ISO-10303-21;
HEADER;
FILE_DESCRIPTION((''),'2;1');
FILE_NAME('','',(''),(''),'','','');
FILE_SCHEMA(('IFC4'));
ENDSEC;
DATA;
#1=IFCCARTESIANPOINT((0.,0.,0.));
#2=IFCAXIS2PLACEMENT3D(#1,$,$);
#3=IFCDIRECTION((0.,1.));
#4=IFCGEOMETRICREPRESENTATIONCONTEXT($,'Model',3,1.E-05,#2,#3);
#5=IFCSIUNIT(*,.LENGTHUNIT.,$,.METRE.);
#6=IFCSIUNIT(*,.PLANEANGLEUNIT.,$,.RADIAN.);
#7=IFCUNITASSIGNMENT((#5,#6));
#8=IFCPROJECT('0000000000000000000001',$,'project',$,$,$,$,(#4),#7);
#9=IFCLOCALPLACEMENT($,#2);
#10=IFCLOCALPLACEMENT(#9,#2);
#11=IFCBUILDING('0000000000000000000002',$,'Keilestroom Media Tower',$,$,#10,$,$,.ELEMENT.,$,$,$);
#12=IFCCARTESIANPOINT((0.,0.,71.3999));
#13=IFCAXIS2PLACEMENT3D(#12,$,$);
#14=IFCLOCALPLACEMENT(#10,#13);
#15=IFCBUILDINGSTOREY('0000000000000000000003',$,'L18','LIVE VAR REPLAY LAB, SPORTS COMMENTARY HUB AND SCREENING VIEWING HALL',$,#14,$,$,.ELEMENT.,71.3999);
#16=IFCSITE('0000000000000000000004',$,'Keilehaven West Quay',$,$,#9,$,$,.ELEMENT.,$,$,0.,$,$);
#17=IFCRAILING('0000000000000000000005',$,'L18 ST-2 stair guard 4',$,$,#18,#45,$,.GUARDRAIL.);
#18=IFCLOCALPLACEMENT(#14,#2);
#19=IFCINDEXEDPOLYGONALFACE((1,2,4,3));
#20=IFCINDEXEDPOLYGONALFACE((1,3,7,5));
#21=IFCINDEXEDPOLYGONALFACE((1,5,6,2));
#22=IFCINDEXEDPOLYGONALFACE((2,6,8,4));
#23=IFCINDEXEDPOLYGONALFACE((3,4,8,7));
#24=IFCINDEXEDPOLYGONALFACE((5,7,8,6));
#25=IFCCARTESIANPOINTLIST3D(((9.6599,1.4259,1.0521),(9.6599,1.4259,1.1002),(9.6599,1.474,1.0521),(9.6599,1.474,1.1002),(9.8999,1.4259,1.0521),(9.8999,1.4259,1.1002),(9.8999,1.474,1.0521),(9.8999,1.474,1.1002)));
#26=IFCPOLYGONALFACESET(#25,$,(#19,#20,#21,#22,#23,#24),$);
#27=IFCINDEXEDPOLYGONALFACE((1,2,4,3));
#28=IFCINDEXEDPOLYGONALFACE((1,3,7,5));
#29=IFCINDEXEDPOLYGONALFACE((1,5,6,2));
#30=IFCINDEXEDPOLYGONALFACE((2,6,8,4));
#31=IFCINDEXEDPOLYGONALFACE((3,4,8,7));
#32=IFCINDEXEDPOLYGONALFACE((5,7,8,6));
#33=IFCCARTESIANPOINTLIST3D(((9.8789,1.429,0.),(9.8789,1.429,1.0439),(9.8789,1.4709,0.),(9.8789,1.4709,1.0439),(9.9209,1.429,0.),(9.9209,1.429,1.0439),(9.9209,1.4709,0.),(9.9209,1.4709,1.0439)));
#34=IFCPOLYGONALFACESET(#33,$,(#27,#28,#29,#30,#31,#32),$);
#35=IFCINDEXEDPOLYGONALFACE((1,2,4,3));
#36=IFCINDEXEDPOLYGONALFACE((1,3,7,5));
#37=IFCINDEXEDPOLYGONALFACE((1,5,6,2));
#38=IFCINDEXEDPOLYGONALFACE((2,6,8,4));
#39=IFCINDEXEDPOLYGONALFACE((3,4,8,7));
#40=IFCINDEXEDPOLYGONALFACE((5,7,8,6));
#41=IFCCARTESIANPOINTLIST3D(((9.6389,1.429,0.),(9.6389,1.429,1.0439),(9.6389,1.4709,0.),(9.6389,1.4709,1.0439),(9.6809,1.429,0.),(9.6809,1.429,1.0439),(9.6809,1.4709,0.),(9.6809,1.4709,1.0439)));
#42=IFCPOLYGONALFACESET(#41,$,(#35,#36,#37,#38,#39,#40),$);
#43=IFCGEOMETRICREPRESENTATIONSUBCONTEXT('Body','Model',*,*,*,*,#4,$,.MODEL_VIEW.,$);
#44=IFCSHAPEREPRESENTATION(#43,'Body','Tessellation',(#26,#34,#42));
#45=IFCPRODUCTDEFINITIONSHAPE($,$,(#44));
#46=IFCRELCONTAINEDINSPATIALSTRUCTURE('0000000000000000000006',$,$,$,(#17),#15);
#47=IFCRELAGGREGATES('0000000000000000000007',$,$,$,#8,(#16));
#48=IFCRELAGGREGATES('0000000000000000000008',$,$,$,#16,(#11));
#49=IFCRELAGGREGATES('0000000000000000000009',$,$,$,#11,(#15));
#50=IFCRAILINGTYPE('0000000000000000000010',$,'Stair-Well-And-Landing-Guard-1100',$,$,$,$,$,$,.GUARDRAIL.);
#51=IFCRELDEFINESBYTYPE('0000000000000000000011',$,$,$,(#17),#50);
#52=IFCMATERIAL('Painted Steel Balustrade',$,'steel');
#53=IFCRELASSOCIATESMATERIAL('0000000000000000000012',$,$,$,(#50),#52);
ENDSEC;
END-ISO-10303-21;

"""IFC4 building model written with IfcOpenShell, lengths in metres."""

from ifc_helpers import new_model, si_unit, direction, frame, origin, origin_2d, place, context, subcontext, project, spatial, rectangle, extrude, material, type_object, element, save


model = new_model("IFC4")

# Units and contexts
model_context = context("Model", 3, precision=1e-05, world=origin(), true_north=direction((0.0, 1.0)))
body_context = subcontext(model_context, "Body", "Model", "MODEL_VIEW")
ifc_project = project(units=[si_unit("LENGTHUNIT", "METRE"), si_unit("PLANEANGLEUNIT", "RADIAN")], contexts=[model_context])

# Site, building, storey
site_placement = place(None, origin())
site = spatial("IfcSite", under=ifc_project, at=site_placement, Name="Keilehaven West Quay", CompositionType="ELEMENT", RefElevation=0.0)
building_placement = place(site_placement, origin())
building = spatial("IfcBuilding", under=site, at=building_placement, Name="Keilestroom Media Tower", CompositionType="ELEMENT")
storey_placement = place(building_placement, frame((0.0, 0.0, 71.3999)))
storey = spatial("IfcBuildingStorey", under=building, at=storey_placement, Name="L18", Description="LIVE VAR REPLAY LAB, SPORTS COMMENTARY HUB AND SCREENING VIEWING HALL", CompositionType="ELEMENT", Elevation=71.3999)

# Railing
ifc_material_1 = material(Name="Painted Steel Balustrade", Category="steel")
railing_type_1 = type_object("IfcRailingType", Name="Stair-Well-And-Landing-Guard-1100", PredefinedType="GUARDRAIL", material=ifc_material_1)
railing_1_placement = place(storey_placement, frame((9.8999, 1.45, 0.0)))
element("IfcRailing", 1, at=railing_1_placement, inside=storey, type_object=railing_type_1, Name="L18 ST-2 stair guard 4", PredefinedType="GUARDRAIL", context=body_context, shape_type="SweptSolid", body=[
    extrude(rectangle(XDim=0.0481, YDim=0.0481, at=origin_2d()), frame((0.0, 0.0, 1.0762), z_axis=(-1.0, 0.0, 0.0), x_axis=(0.0, -1.0, 0.0)), (0.0, 0.0, 1.0), 0.24),
    extrude(rectangle(XDim=0.042, YDim=0.042, at=origin_2d()), origin(), (0.0, 0.0, 1.0), 1.0439),
    extrude(rectangle(XDim=0.042, YDim=0.042, at=origin_2d()), frame((-0.24, 0.0, 0.0)), (0.0, 0.0, 1.0), 1.0439),
])

save(model, "model.ifc")
